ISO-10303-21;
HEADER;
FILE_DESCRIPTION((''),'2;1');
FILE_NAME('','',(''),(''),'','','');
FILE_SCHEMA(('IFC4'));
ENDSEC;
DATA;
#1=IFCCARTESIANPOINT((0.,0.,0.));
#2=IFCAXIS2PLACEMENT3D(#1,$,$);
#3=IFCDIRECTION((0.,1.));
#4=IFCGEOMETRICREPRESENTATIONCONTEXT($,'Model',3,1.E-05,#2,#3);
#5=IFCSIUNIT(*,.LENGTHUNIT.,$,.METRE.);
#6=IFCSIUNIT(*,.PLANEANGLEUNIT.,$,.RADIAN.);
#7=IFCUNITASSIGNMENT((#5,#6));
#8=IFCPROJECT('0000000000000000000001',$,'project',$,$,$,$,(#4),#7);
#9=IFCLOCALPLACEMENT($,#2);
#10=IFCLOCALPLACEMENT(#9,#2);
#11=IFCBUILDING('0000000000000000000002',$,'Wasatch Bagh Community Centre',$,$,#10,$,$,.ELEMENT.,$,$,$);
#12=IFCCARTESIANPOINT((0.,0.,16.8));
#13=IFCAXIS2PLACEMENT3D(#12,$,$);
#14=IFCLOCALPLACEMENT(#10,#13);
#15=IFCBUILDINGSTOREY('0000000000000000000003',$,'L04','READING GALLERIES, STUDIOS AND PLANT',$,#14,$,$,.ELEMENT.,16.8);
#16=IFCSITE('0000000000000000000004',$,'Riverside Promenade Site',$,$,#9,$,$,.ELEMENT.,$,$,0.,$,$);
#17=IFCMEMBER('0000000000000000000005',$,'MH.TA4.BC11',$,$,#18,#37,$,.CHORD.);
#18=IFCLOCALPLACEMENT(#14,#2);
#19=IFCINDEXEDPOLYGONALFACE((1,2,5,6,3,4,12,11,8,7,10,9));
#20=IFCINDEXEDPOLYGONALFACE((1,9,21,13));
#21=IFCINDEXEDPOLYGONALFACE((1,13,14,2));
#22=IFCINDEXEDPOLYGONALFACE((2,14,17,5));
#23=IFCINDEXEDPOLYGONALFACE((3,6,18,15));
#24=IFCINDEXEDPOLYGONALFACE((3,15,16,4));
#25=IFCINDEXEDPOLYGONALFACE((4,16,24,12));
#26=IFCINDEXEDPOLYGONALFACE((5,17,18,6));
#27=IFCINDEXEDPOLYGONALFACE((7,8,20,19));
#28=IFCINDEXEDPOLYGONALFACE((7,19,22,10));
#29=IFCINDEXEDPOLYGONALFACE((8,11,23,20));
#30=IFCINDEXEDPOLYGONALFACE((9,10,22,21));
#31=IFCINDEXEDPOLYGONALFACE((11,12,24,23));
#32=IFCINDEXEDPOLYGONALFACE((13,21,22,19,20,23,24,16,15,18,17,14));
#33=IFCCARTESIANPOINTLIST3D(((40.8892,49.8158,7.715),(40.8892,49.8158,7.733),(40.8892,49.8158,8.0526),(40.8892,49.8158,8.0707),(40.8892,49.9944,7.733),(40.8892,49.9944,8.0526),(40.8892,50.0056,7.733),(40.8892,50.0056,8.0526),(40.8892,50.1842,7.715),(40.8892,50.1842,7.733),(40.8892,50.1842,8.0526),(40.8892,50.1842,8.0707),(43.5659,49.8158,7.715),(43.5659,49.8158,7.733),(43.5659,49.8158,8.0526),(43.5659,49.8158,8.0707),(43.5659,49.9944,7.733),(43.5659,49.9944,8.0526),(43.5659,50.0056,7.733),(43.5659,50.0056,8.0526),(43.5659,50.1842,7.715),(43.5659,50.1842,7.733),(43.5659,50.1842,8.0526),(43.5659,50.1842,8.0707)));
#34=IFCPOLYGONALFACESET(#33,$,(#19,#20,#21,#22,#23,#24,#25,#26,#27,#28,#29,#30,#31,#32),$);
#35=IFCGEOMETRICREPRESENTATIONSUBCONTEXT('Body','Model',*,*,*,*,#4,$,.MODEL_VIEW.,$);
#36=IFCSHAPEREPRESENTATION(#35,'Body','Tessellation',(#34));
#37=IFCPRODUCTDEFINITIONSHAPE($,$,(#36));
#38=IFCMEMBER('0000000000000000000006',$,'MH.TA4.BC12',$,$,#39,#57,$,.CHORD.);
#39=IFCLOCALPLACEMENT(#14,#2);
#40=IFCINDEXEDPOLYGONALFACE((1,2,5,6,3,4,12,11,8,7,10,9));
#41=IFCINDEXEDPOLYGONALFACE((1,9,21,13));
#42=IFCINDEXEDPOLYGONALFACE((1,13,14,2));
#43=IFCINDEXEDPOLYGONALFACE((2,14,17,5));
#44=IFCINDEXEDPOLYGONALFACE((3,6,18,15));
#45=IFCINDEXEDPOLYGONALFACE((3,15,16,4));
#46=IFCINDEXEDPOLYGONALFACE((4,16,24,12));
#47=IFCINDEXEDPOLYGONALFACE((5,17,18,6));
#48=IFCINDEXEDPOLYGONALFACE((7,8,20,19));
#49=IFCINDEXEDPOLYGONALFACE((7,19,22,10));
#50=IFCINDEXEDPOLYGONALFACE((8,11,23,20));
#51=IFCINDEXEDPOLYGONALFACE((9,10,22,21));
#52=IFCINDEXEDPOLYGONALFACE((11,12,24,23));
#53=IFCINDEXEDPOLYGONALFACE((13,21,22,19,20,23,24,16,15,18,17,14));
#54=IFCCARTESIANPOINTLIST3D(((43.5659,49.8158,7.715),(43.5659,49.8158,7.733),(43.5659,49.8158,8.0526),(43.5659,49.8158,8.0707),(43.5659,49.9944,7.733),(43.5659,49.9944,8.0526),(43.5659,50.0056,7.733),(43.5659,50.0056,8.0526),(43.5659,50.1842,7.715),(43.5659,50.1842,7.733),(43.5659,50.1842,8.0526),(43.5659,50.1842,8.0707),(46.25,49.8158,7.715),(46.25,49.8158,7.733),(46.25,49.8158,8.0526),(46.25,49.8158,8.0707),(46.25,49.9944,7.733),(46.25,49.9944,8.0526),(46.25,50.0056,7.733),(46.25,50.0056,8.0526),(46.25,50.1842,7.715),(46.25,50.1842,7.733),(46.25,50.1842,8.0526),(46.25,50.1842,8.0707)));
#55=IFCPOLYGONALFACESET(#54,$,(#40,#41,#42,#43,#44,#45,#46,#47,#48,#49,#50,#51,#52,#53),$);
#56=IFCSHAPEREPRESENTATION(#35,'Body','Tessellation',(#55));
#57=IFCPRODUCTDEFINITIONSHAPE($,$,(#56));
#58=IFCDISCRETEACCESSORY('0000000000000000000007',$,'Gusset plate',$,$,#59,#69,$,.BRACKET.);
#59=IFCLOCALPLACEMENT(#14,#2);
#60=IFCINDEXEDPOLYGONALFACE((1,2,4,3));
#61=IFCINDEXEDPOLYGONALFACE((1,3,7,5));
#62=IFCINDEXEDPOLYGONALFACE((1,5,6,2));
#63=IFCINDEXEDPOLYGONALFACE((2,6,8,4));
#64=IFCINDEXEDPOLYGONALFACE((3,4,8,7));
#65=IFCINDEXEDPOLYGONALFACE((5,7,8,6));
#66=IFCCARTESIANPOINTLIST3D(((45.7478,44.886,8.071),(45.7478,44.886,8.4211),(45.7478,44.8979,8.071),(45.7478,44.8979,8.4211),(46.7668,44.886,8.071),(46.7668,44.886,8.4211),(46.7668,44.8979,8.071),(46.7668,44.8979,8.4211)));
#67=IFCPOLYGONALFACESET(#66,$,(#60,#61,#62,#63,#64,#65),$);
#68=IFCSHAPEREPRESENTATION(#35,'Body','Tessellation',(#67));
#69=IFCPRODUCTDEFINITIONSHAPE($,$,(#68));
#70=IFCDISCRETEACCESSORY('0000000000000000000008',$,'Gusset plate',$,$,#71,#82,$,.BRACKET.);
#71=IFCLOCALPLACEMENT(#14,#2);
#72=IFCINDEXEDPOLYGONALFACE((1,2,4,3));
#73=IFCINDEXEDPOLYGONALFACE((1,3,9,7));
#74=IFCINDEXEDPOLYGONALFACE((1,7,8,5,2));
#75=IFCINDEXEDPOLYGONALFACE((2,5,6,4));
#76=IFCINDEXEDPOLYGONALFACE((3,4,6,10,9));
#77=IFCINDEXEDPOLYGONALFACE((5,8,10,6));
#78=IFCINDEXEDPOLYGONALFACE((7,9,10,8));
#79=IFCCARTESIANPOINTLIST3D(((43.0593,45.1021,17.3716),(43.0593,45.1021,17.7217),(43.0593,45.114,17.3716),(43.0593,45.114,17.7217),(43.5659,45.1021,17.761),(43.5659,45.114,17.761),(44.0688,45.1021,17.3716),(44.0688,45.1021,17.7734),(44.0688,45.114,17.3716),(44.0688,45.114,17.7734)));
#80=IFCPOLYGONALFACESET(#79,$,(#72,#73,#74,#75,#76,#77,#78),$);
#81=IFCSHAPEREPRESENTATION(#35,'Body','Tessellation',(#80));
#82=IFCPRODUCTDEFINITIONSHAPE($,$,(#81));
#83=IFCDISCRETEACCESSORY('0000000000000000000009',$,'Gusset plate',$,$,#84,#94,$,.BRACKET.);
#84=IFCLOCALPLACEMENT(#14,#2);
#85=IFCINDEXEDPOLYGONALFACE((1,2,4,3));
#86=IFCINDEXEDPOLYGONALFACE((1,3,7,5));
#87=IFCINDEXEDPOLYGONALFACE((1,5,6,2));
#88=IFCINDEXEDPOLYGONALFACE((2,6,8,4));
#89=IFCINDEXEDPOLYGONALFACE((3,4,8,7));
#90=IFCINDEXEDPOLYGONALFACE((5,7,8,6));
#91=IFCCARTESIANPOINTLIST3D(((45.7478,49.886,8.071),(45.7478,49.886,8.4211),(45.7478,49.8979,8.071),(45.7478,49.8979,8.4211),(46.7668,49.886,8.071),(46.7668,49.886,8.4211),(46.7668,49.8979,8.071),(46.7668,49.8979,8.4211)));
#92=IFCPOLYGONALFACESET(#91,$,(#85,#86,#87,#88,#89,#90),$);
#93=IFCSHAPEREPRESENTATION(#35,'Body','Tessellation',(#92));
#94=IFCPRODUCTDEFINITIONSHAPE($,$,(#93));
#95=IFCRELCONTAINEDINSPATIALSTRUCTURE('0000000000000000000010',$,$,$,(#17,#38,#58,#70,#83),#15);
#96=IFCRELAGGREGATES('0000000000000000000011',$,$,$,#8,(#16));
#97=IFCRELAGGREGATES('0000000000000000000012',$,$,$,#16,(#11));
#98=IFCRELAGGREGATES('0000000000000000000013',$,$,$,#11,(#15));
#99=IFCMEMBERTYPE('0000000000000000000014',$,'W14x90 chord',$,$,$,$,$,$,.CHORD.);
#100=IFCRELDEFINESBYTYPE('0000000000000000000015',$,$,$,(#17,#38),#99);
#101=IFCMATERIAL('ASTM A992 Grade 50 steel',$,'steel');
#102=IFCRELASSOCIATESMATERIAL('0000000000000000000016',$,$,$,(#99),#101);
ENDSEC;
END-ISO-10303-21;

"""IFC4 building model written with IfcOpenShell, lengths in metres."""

from ifc_helpers import new_model, si_unit, direction, frame, origin, origin_2d, place, context, subcontext, project, spatial, polyline, i_section, outline, extrude, material, material_profile, profile_set, type_object, element, save


model = new_model("IFC4")

# Units and contexts
model_context = context("Model", 3, precision=1e-05, world=origin(), true_north=direction((0.0, 1.0)))
body_context = subcontext(model_context, "Body", "Model", "MODEL_VIEW")
ifc_project = project(units=[si_unit("LENGTHUNIT", "METRE"), si_unit("PLANEANGLEUNIT", "RADIAN")], contexts=[model_context])

# Site, building, storey
site_placement = place(None, origin())
site = spatial("IfcSite", under=ifc_project, at=site_placement, Name="Riverside Promenade Site", CompositionType="ELEMENT", RefElevation=0.0)
building_placement = place(site_placement, origin())
building = spatial("IfcBuilding", under=site, at=building_placement, Name="Wasatch Bagh Community Centre", CompositionType="ELEMENT")
storey_placement = place(building_placement, frame((0.0, 0.0, 16.8)))
storey = spatial("IfcBuildingStorey", under=building, at=storey_placement, Name="L04", Description="READING GALLERIES, STUDIOS AND PLANT", CompositionType="ELEMENT", Elevation=16.8)

# Members
ifc_material_1 = material(Name="ASTM A992 Grade 50 steel", Category="steel")
ifc_material_profile_1 = material_profile(ifc_material_1, i_section(OverallWidth=0.3684, OverallDepth=0.3557, WebThickness=0.0112, FlangeThickness=0.0181, at=origin_2d()), Name="W14x90")
ifc_profile_set_1 = profile_set([ifc_material_profile_1], Name="ASTM A992 Grade 50 steel")
member_type_1 = type_object("IfcMemberType", Name="W14x90 chord", PredefinedType="CHORD", material=ifc_profile_set_1)
member_1_placement = place(storey_placement, frame((40.8892, 50.0, 7.8928), z_axis=(1.0, 0.0, 0.0), x_axis=(0.0, 1.0, 0.0)))
element("IfcMember", 1, at=member_1_placement, inside=storey, type_object=member_type_1, Name="MH.TA4.BC11", PredefinedType="CHORD", context=body_context, shape_type="SweptSolid", body=[
    extrude(i_section(OverallWidth=0.3684, OverallDepth=0.3557, WebThickness=0.0112, FlangeThickness=0.0181, at=origin_2d()), origin(), (0.0, 0.0, 1.0), 2.6768),
])
member_2_placement = place(storey_placement, frame((43.5659, 50.0, 7.8928), z_axis=(1.0, 0.0, 0.0), x_axis=(0.0, 1.0, 0.0)))
element("IfcMember", 2, at=member_2_placement, inside=storey, type_object=member_type_1, Name="MH.TA4.BC12", PredefinedType="CHORD", context=body_context, shape_type="SweptSolid", body=[
    extrude(i_section(OverallWidth=0.3684, OverallDepth=0.3557, WebThickness=0.0112, FlangeThickness=0.0181, at=origin_2d()), origin(), (0.0, 0.0, 1.0), 2.6841),
])

# Discrete accessories
discrete_accessory_1_placement = place(storey_placement, frame((45.7478, 44.886, 8.071), z_axis=(0.0, -1.0, 0.0), x_axis=(1.0, 0.0, 0.0)))
element("IfcDiscreteAccessory", 3, at=discrete_accessory_1_placement, inside=storey, Name="Gusset plate", PredefinedType="BRACKET", context=body_context, shape_type="SweptSolid", body=[
    extrude(outline(polyline([(0.0, 0.0), (1.019, 0.0), (1.019, 0.3501), (0.0, 0.3501), (0.0, 0.0)])), origin(), (0.0, 0.0, -1.0), 0.012),
])
discrete_accessory_2_placement = place(storey_placement, frame((43.0593, 45.114, 17.7217), z_axis=(0.0, 1.0, 0.0), x_axis=(0.997003, 0.0, 0.077358)))
element("IfcDiscreteAccessory", 4, at=discrete_accessory_2_placement, inside=storey, Name="Gusset plate", PredefinedType="BRACKET", context=body_context, shape_type="SweptSolid", body=[
    extrude(outline(polyline([(0.0, 0.0), (0.5081, 0.0), (1.0105, 0.0265), (0.9794, 0.4271), (-0.0271, 0.349), (0.0, 0.0)])), origin(), (0.0, 0.0, -1.0), 0.012),
])
discrete_accessory_3_placement = place(storey_placement, frame((45.7478, 49.886, 8.071), z_axis=(0.0, -1.0, 0.0), x_axis=(1.0, 0.0, 0.0)))
element("IfcDiscreteAccessory", 5, at=discrete_accessory_3_placement, inside=storey, Name="Gusset plate", PredefinedType="BRACKET", context=body_context, shape_type="SweptSolid", body=[
    extrude(outline(polyline([(0.0, 0.0), (1.019, 0.0), (1.019, 0.3501), (0.0, 0.3501), (0.0, 0.0)])), origin(), (0.0, 0.0, -1.0), 0.012),
])

save(model, "model.ifc")
